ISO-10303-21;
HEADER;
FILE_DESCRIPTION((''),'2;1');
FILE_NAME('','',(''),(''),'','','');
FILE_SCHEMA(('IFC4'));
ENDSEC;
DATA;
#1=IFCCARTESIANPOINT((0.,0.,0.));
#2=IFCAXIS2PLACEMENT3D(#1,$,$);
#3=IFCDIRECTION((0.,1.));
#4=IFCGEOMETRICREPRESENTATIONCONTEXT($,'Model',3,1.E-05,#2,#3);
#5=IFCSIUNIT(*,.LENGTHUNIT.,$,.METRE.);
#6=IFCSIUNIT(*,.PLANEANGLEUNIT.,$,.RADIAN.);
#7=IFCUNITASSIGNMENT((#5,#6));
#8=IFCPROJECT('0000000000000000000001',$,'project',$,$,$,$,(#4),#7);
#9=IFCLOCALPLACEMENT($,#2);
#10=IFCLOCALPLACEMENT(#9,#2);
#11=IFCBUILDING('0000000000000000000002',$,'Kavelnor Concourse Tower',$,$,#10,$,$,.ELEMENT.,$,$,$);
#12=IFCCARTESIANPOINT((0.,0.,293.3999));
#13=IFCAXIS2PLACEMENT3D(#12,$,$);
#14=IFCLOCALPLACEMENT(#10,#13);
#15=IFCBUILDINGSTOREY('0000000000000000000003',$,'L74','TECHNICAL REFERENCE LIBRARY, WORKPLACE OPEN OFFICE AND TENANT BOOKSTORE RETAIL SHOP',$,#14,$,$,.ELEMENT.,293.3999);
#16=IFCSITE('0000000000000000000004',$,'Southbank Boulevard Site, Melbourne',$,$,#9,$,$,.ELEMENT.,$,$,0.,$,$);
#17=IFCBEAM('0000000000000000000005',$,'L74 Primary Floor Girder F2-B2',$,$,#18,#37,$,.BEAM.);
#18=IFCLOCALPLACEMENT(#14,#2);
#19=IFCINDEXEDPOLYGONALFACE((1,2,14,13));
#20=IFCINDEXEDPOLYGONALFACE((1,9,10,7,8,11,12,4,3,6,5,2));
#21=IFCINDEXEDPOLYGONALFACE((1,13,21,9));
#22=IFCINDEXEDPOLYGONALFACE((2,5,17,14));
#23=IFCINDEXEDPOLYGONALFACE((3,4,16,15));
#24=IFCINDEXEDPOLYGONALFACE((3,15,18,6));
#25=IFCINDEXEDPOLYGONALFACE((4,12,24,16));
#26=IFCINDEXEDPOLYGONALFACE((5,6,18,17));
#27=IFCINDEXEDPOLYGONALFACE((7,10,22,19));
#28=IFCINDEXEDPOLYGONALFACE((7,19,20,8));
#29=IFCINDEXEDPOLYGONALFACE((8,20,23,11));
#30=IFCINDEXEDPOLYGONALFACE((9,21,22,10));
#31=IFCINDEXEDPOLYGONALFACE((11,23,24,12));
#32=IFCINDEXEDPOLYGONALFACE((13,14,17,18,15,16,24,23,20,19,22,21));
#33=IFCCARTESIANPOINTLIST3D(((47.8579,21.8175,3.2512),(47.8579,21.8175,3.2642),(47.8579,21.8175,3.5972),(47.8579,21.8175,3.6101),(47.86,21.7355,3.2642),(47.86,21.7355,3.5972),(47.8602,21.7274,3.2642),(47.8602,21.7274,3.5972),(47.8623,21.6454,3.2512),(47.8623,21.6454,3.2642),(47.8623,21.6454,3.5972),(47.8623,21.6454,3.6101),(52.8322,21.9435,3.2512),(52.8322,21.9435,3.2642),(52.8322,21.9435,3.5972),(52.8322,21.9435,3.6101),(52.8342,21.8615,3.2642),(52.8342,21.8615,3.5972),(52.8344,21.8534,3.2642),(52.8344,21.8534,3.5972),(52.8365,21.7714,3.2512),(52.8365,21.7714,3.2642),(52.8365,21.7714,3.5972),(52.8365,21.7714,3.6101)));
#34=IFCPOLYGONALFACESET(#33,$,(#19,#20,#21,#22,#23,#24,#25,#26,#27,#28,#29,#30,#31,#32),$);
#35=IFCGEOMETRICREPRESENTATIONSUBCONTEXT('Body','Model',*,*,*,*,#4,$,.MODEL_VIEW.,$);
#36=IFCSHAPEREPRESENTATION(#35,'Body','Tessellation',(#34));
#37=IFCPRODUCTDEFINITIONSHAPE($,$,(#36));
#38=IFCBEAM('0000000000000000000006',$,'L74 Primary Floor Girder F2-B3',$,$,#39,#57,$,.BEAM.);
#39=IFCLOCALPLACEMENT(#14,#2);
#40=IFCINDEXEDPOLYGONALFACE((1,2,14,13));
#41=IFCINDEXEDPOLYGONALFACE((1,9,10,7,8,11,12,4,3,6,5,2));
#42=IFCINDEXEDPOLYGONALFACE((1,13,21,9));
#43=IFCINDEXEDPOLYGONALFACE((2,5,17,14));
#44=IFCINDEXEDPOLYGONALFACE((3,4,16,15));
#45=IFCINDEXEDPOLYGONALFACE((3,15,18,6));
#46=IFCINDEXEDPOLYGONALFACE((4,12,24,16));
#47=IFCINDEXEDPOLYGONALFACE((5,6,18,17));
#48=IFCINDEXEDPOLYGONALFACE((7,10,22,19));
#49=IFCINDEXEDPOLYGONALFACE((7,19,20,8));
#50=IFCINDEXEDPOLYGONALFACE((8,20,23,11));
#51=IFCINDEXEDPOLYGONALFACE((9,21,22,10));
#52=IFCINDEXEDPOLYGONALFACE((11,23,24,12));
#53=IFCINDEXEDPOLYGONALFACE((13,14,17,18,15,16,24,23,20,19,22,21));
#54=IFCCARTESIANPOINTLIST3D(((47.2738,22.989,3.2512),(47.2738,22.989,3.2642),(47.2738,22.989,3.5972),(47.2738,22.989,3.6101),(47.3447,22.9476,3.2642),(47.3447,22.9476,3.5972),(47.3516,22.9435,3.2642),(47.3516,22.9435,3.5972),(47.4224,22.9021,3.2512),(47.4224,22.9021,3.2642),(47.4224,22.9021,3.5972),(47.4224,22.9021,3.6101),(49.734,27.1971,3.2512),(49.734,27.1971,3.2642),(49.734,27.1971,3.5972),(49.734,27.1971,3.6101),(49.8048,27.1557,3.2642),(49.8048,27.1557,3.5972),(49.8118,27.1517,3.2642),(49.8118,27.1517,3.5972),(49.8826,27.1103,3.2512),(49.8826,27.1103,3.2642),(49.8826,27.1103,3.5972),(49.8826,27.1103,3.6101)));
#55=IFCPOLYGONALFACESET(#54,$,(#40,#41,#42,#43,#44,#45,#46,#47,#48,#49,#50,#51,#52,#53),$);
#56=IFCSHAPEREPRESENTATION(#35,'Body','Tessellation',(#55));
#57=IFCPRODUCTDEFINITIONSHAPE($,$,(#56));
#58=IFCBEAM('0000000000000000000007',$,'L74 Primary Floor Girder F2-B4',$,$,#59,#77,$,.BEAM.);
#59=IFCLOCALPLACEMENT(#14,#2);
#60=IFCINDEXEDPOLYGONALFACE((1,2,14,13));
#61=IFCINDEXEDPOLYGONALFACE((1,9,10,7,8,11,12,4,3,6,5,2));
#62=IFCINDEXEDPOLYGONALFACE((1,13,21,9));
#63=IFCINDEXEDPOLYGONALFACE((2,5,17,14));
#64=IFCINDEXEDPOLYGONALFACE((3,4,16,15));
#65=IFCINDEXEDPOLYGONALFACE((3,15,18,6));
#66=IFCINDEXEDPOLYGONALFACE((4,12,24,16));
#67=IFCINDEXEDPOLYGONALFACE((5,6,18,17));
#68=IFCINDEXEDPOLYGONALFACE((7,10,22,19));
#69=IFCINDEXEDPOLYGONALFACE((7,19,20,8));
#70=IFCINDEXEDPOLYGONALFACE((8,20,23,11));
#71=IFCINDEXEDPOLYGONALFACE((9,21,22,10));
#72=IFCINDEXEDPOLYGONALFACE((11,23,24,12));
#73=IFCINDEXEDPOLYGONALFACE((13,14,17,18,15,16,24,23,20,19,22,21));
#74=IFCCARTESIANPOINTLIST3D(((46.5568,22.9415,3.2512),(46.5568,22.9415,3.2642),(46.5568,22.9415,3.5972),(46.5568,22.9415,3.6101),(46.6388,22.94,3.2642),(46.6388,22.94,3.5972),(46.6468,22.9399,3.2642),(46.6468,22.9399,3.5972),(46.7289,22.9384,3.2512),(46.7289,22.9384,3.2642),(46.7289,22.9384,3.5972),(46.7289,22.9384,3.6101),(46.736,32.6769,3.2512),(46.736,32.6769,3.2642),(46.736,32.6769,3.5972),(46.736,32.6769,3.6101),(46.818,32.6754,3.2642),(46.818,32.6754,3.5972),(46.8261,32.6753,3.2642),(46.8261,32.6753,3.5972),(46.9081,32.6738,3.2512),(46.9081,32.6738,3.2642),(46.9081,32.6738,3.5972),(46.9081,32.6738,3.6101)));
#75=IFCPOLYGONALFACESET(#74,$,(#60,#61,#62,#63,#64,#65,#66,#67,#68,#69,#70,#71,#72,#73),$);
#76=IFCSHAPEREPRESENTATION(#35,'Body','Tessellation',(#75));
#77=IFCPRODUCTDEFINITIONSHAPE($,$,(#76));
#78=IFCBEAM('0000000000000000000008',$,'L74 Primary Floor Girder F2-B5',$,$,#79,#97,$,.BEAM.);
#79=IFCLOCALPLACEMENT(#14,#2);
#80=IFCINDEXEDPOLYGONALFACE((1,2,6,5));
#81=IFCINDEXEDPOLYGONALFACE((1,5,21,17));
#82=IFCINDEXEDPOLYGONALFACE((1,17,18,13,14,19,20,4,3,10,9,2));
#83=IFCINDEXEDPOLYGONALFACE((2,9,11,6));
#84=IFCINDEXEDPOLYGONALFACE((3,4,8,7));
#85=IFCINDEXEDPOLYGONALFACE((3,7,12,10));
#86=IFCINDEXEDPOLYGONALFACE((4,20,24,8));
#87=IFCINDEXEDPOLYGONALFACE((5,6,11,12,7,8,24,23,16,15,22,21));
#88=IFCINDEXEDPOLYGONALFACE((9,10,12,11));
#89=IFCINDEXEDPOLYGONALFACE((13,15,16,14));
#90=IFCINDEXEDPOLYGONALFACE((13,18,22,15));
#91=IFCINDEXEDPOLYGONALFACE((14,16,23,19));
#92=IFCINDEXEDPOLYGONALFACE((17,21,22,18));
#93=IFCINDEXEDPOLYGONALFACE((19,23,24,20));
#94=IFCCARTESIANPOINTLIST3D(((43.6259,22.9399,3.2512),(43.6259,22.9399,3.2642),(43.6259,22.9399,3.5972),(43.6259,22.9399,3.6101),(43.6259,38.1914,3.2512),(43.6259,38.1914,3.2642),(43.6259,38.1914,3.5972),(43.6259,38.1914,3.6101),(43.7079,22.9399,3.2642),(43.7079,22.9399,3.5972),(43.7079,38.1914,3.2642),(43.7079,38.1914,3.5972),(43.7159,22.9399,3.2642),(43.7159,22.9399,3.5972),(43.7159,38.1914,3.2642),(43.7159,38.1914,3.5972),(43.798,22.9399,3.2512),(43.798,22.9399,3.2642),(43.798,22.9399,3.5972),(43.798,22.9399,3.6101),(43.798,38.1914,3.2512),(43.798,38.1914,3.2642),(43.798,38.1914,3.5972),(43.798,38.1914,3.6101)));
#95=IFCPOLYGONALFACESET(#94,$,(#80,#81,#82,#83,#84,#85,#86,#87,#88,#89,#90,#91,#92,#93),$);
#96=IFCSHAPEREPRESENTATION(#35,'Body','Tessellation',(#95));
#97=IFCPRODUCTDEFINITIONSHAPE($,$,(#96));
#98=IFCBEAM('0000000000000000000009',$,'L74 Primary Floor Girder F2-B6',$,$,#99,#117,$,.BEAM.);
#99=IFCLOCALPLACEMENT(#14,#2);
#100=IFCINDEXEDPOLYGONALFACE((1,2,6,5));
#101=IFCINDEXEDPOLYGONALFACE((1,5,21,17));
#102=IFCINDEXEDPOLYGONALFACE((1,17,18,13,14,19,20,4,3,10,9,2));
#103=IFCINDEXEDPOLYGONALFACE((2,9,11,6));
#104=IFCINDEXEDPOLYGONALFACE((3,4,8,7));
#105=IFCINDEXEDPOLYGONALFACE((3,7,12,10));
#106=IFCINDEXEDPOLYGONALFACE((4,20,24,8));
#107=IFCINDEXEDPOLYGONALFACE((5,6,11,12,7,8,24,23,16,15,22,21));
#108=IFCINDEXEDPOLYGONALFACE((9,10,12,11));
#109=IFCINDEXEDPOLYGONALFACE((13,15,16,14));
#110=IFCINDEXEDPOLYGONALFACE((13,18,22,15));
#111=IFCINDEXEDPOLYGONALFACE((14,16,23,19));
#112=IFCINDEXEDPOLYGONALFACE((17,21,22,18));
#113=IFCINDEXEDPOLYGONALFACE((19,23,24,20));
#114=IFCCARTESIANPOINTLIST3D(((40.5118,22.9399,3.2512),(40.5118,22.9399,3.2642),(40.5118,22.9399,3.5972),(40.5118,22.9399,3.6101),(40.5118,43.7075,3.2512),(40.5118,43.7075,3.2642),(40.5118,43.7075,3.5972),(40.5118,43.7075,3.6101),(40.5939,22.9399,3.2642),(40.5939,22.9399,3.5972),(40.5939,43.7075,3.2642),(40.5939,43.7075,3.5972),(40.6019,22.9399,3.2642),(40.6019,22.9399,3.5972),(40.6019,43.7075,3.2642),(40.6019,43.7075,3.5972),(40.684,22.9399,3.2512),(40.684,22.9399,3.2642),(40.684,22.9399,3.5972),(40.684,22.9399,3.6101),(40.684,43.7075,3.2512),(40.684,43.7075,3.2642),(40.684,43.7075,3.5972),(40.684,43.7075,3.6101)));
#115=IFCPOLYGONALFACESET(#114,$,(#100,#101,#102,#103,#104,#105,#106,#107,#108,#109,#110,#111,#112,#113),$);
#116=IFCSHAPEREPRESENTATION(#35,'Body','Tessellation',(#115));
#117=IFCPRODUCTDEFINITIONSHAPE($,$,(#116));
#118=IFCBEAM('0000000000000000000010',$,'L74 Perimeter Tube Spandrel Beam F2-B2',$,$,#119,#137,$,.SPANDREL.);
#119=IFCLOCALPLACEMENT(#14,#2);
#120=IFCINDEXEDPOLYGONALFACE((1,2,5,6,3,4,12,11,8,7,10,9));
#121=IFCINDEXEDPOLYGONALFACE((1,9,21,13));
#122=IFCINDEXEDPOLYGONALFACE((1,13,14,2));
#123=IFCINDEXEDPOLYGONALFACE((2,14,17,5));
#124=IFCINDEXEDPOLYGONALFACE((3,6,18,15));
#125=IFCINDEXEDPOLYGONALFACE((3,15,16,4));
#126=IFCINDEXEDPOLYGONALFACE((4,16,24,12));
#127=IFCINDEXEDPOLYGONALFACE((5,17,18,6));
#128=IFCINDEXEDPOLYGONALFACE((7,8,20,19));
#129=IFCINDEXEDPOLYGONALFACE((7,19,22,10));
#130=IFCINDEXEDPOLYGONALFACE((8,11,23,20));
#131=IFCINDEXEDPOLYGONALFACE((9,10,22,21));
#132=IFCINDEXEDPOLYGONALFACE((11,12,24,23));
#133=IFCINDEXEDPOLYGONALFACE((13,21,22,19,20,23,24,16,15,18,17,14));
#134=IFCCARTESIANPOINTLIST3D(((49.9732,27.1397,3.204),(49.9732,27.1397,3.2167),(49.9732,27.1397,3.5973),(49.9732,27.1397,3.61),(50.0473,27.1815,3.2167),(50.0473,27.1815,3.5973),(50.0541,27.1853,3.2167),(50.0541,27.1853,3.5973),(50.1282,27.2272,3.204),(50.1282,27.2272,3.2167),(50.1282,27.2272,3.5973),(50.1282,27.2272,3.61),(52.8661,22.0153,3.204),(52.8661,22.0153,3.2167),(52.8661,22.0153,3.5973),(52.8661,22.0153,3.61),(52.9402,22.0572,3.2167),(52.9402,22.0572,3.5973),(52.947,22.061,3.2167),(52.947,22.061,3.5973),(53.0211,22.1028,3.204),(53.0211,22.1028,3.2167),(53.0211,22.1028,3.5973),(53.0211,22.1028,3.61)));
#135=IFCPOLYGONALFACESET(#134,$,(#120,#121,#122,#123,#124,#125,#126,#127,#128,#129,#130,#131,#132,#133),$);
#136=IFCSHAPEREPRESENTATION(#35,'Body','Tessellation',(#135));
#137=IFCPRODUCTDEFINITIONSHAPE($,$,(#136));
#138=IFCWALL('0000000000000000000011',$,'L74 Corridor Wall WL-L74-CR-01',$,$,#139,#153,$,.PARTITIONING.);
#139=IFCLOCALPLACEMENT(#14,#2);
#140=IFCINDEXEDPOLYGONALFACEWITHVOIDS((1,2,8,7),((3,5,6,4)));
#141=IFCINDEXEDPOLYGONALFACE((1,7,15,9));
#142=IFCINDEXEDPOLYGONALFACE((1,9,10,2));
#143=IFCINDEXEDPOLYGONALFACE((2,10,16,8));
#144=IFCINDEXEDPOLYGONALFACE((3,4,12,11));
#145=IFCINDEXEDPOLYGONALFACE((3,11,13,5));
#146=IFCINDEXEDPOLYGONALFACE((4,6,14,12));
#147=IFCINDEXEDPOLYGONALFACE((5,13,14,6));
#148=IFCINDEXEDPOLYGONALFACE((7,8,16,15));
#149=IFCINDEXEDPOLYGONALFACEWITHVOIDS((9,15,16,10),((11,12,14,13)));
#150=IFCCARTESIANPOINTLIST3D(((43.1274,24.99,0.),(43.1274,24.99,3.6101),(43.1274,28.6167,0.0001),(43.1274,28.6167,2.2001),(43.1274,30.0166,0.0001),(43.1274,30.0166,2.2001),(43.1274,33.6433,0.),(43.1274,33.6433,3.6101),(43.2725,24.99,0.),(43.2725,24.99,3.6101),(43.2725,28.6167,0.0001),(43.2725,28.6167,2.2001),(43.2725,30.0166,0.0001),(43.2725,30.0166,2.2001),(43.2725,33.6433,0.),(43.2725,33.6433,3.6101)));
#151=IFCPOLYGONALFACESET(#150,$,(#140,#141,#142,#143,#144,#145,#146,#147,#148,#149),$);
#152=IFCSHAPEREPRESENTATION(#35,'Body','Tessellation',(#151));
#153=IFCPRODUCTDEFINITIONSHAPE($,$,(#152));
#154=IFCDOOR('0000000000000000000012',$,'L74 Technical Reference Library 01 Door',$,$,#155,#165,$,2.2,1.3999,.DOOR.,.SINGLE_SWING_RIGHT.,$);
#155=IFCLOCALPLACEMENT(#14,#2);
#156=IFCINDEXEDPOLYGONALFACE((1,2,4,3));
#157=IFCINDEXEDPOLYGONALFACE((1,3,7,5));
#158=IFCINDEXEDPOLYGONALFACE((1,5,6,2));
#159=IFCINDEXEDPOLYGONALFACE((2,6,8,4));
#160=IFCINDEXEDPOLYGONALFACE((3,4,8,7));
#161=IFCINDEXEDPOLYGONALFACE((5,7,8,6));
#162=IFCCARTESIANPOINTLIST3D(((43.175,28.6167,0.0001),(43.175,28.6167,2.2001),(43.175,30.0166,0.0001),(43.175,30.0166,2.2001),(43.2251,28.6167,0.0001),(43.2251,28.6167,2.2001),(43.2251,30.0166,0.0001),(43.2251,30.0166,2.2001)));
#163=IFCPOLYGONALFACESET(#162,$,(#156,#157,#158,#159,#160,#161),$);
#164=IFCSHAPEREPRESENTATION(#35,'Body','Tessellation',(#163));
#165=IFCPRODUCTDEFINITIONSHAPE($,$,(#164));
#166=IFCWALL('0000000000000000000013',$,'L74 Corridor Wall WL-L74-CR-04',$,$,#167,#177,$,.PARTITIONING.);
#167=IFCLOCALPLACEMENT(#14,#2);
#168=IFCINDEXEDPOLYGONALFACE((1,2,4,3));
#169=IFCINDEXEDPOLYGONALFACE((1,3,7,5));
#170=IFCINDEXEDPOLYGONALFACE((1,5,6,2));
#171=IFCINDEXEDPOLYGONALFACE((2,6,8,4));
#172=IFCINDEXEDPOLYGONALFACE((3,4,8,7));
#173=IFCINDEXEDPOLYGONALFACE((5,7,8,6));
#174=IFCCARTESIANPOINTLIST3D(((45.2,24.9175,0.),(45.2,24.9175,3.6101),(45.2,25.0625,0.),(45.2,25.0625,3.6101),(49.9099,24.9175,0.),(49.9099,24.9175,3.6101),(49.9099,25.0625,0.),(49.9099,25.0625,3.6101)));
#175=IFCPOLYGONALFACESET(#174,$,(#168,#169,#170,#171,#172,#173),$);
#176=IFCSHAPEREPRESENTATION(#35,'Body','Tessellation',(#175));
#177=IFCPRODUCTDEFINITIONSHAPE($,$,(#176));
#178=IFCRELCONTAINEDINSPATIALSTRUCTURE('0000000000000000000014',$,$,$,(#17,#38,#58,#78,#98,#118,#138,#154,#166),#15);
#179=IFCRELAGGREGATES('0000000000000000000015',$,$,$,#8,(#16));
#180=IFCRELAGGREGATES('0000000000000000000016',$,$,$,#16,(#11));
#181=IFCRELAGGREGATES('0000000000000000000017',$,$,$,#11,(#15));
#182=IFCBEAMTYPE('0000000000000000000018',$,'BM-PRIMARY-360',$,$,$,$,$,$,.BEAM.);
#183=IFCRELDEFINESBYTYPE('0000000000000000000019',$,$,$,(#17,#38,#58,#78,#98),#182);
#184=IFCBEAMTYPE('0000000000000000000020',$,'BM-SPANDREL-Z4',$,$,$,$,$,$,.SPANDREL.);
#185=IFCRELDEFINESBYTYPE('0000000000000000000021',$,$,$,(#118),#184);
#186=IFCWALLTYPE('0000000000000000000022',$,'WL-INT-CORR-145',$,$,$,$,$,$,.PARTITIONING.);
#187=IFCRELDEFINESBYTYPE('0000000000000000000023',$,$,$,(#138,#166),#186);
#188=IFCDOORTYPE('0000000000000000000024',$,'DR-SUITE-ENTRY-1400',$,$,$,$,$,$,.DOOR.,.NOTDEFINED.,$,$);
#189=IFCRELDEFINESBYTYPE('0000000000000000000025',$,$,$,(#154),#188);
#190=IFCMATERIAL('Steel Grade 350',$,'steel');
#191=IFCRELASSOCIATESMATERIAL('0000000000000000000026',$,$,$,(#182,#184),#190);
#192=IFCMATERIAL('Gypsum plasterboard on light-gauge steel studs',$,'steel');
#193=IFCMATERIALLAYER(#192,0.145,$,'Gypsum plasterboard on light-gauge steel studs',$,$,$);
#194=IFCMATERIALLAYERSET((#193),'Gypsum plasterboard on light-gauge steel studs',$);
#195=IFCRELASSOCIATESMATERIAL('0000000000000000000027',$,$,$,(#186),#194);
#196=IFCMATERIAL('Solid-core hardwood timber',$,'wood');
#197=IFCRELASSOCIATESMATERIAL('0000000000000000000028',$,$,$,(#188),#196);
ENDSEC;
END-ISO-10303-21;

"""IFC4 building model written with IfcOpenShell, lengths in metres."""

from ifc_helpers import new_model, si_unit, direction, frame, frame_2d, origin, origin_2d, place, context, subcontext, project, spatial, rectangle, i_section, extrude, material, layer, layer_set, material_profile, profile_set, type_object, element, fill, save


model = new_model("IFC4")

# Units and contexts
model_context = context("Model", 3, precision=1e-05, world=origin(), true_north=direction((0.0, 1.0)))
body_context = subcontext(model_context, "Body", "Model", "MODEL_VIEW")
ifc_project = project(units=[si_unit("LENGTHUNIT", "METRE"), si_unit("PLANEANGLEUNIT", "RADIAN")], contexts=[model_context])

# Site, building, storey
site_placement = place(None, origin())
site = spatial("IfcSite", under=ifc_project, at=site_placement, Name="Southbank Boulevard Site, Melbourne", CompositionType="ELEMENT", RefElevation=0.0)
building_placement = place(site_placement, origin())
building = spatial("IfcBuilding", under=site, at=building_placement, Name="Kavelnor Concourse Tower", CompositionType="ELEMENT")
storey_placement = place(building_placement, frame((0.0, 0.0, 293.3999)))
storey = spatial("IfcBuildingStorey", under=building, at=storey_placement, Name="L74", Description="TECHNICAL REFERENCE LIBRARY, WORKPLACE OPEN OFFICE AND TENANT BOOKSTORE RETAIL SHOP", CompositionType="ELEMENT", Elevation=293.3999)

# Shared definitions
ifc_material_1 = material(Name="Steel Grade 350", Category="steel")

# Beams
ifc_material_profile_1 = material_profile(ifc_material_1, i_section(OverallWidth=0.1721, OverallDepth=0.3589, WebThickness=0.0081, FlangeThickness=0.0129, at=origin_2d()), Name="360UB56")
ifc_profile_set_1 = profile_set([ifc_material_profile_1], Name="Steel Grade 350")
beam_type_1 = type_object("IfcBeamType", Name="BM-PRIMARY-360", PredefinedType="BEAM", material=ifc_profile_set_1)
beam_1_placement = place(storey_placement, frame((47.8601, 21.7314, 3.4307), z_axis=(0.999679, 0.025318, 0.0), x_axis=(-0.025318, 0.999679, 0.0)))
element("IfcBeam", 1, at=beam_1_placement, inside=storey, type_object=beam_type_1, Name="L74 Primary Floor Girder F2-B2", PredefinedType="BEAM", context=body_context, shape_type="SweptSolid", body=[
    extrude(i_section(OverallWidth=0.1721, OverallDepth=0.3589, WebThickness=0.0081, FlangeThickness=0.0129, at=origin_2d()), origin(), (0.0, 0.0, 1.0), 4.9758),
])
beam_2_placement = place(storey_placement, frame((47.3481, 22.9456, 3.4307), z_axis=(0.504696, 0.863297, 0.0), x_axis=(-0.863297, 0.504696, 0.0)))
element("IfcBeam", 2, at=beam_2_placement, inside=storey, type_object=beam_type_1, Name="L74 Primary Floor Girder F2-B3", PredefinedType="BEAM", context=body_context, shape_type="SweptSolid", body=[
    extrude(i_section(OverallWidth=0.1721, OverallDepth=0.3589, WebThickness=0.0081, FlangeThickness=0.0129, at=origin_2d()), origin(), (0.0, 0.0, 1.0), 4.8745),
])
beam_3_placement = place(storey_placement, frame((46.6428, 22.9399, 3.4307), z_axis=(0.018404, 0.999831, 0.0), x_axis=(-0.999831, 0.018404, 0.0)))
element("IfcBeam", 3, at=beam_3_placement, inside=storey, type_object=beam_type_1, Name="L74 Primary Floor Girder F2-B4", PredefinedType="BEAM", context=body_context, shape_type="SweptSolid", body=[
    extrude(i_section(OverallWidth=0.1721, OverallDepth=0.3589, WebThickness=0.0081, FlangeThickness=0.0129, at=origin_2d()), origin(), (0.0, 0.0, 1.0), 9.7371),
])
beam_4_placement = place(storey_placement, frame((43.7119, 22.9399, 3.4307), z_axis=(0.0, 1.0, 0.0), x_axis=(-1.0, 0.0, 0.0)))
element("IfcBeam", 4, at=beam_4_placement, inside=storey, type_object=beam_type_1, Name="L74 Primary Floor Girder F2-B5", PredefinedType="BEAM", context=body_context, shape_type="SweptSolid", body=[
    extrude(i_section(OverallWidth=0.1721, OverallDepth=0.3589, WebThickness=0.0081, FlangeThickness=0.0129, at=origin_2d()), origin(), (0.0, 0.0, 1.0), 15.2515),
])
beam_5_placement = place(storey_placement, frame((40.5979, 22.9399, 3.4307), z_axis=(0.0, 1.0, 0.0), x_axis=(-1.0, 0.0, 0.0)))
element("IfcBeam", 5, at=beam_5_placement, inside=storey, type_object=beam_type_1, Name="L74 Primary Floor Girder F2-B6", PredefinedType="BEAM", context=body_context, shape_type="SweptSolid", body=[
    extrude(i_section(OverallWidth=0.1721, OverallDepth=0.3589, WebThickness=0.0081, FlangeThickness=0.0129, at=origin_2d()), origin(), (0.0, 0.0, 1.0), 20.7676),
])
ifc_material_profile_2 = material_profile(ifc_material_1, i_section(OverallWidth=0.178, OverallDepth=0.406, WebThickness=0.0078, FlangeThickness=0.0127, at=origin_2d()), Name="410UB59")
ifc_profile_set_2 = profile_set([ifc_material_profile_2], Name="Steel Grade 350")
beam_type_2 = type_object("IfcBeamType", Name="BM-SPANDREL-Z4", PredefinedType="SPANDREL", material=ifc_profile_set_2)
beam_6_placement = place(storey_placement, frame((52.9436, 22.0591, 3.407), z_axis=(-0.491606, 0.870818, 0.0), x_axis=(-0.870818, -0.491606, 0.0)))
element("IfcBeam", 6, at=beam_6_placement, inside=storey, type_object=beam_type_2, Name="L74 Perimeter Tube Spandrel Beam F2-B2", PredefinedType="SPANDREL", context=body_context, shape_type="SweptSolid", body=[
    extrude(i_section(OverallWidth=0.178, OverallDepth=0.406, WebThickness=0.0078, FlangeThickness=0.0127, at=origin_2d()), origin(), (0.0, 0.0, 1.0), 5.8845),
])

# Wall, opening, door
ifc_material_2 = material(Name="Gypsum plasterboard on light-gauge steel studs", Category="steel")
ifc_layer_1 = layer(ifc_material_2, 0.145, Name="Gypsum plasterboard on light-gauge steel studs")
ifc_layer_set_1 = layer_set([ifc_layer_1], Name="Gypsum plasterboard on light-gauge steel studs")
wall_type_1 = type_object("IfcWallType", Name="WL-INT-CORR-145", PredefinedType="PARTITIONING", material=ifc_layer_set_1)
wall_1_placement = place(storey_placement, frame((43.2, 24.99, 0.0), z_axis=(0.0, 0.0, 1.0), x_axis=(0.0, 1.0, 0.0)))
wall_1 = element("IfcWall", 7, at=wall_1_placement, inside=storey, type_object=wall_type_1, Name="L74 Corridor Wall WL-L74-CR-01", PredefinedType="PARTITIONING", context=body_context, shape_type="SweptSolid", body=[
    extrude(rectangle(XDim=8.6533, YDim=0.145, at=frame_2d((4.3267, 0.0))), origin(), (0.0, 0.0, 1.0), 3.6101),
])
opening_placement = place(wall_1_placement, frame((3.6267, 0.0, 0.0)))
opening = element("IfcOpeningElement", 8, at=opening_placement, cuts=wall_1, PredefinedType="OPENING", context=body_context, shape_type="SweptSolid", body=[
    extrude(rectangle(XDim=1.3999, YDim=2.2, at=frame_2d((0.7, 1.1001))), frame((0.0, 0.0825, 0.0), z_axis=(0.0, -1.0, 0.0), x_axis=(1.0, 0.0, 0.0)), (0.0, 0.0, 1.0), 0.165),
])
ifc_material_3 = material(Name="Solid-core hardwood timber", Category="wood")
door_type = type_object("IfcDoorType", Name="DR-SUITE-ENTRY-1400", OperationType="NOTDEFINED", PredefinedType="DOOR", material=ifc_material_3)
door_placement = place(opening_placement, origin())
door = element("IfcDoor", 9, at=door_placement, inside=storey, type_object=door_type, Name="L74 Technical Reference Library 01 Door", OperationType="SINGLE_SWING_RIGHT", OverallHeight=2.2, OverallWidth=1.3999, PredefinedType="DOOR", context=body_context, shape_type="SweptSolid", body=[
    extrude(rectangle(XDim=1.3999, YDim=2.2, at=frame_2d((0.7, 1.1001))), frame((0.0, 0.0249, 0.0), z_axis=(0.0, -1.0, 0.0), x_axis=(1.0, 0.0, 0.0)), (0.0, 0.0, 1.0), 0.05),
])
fill(opening, door)

# Wall
wall_2_placement = place(storey_placement, frame((45.2, 24.99, 0.0), z_axis=(0.0, 0.0, 1.0), x_axis=(1.0, 0.0, 0.0)))
element("IfcWall", 10, at=wall_2_placement, inside=storey, type_object=wall_type_1, Name="L74 Corridor Wall WL-L74-CR-04", PredefinedType="PARTITIONING", context=body_context, shape_type="SweptSolid", body=[
    extrude(rectangle(XDim=4.71, YDim=0.145, at=frame_2d((2.355, 0.0))), origin(), (0.0, 0.0, 1.0), 3.6101),
])

save(model, "model.ifc")
